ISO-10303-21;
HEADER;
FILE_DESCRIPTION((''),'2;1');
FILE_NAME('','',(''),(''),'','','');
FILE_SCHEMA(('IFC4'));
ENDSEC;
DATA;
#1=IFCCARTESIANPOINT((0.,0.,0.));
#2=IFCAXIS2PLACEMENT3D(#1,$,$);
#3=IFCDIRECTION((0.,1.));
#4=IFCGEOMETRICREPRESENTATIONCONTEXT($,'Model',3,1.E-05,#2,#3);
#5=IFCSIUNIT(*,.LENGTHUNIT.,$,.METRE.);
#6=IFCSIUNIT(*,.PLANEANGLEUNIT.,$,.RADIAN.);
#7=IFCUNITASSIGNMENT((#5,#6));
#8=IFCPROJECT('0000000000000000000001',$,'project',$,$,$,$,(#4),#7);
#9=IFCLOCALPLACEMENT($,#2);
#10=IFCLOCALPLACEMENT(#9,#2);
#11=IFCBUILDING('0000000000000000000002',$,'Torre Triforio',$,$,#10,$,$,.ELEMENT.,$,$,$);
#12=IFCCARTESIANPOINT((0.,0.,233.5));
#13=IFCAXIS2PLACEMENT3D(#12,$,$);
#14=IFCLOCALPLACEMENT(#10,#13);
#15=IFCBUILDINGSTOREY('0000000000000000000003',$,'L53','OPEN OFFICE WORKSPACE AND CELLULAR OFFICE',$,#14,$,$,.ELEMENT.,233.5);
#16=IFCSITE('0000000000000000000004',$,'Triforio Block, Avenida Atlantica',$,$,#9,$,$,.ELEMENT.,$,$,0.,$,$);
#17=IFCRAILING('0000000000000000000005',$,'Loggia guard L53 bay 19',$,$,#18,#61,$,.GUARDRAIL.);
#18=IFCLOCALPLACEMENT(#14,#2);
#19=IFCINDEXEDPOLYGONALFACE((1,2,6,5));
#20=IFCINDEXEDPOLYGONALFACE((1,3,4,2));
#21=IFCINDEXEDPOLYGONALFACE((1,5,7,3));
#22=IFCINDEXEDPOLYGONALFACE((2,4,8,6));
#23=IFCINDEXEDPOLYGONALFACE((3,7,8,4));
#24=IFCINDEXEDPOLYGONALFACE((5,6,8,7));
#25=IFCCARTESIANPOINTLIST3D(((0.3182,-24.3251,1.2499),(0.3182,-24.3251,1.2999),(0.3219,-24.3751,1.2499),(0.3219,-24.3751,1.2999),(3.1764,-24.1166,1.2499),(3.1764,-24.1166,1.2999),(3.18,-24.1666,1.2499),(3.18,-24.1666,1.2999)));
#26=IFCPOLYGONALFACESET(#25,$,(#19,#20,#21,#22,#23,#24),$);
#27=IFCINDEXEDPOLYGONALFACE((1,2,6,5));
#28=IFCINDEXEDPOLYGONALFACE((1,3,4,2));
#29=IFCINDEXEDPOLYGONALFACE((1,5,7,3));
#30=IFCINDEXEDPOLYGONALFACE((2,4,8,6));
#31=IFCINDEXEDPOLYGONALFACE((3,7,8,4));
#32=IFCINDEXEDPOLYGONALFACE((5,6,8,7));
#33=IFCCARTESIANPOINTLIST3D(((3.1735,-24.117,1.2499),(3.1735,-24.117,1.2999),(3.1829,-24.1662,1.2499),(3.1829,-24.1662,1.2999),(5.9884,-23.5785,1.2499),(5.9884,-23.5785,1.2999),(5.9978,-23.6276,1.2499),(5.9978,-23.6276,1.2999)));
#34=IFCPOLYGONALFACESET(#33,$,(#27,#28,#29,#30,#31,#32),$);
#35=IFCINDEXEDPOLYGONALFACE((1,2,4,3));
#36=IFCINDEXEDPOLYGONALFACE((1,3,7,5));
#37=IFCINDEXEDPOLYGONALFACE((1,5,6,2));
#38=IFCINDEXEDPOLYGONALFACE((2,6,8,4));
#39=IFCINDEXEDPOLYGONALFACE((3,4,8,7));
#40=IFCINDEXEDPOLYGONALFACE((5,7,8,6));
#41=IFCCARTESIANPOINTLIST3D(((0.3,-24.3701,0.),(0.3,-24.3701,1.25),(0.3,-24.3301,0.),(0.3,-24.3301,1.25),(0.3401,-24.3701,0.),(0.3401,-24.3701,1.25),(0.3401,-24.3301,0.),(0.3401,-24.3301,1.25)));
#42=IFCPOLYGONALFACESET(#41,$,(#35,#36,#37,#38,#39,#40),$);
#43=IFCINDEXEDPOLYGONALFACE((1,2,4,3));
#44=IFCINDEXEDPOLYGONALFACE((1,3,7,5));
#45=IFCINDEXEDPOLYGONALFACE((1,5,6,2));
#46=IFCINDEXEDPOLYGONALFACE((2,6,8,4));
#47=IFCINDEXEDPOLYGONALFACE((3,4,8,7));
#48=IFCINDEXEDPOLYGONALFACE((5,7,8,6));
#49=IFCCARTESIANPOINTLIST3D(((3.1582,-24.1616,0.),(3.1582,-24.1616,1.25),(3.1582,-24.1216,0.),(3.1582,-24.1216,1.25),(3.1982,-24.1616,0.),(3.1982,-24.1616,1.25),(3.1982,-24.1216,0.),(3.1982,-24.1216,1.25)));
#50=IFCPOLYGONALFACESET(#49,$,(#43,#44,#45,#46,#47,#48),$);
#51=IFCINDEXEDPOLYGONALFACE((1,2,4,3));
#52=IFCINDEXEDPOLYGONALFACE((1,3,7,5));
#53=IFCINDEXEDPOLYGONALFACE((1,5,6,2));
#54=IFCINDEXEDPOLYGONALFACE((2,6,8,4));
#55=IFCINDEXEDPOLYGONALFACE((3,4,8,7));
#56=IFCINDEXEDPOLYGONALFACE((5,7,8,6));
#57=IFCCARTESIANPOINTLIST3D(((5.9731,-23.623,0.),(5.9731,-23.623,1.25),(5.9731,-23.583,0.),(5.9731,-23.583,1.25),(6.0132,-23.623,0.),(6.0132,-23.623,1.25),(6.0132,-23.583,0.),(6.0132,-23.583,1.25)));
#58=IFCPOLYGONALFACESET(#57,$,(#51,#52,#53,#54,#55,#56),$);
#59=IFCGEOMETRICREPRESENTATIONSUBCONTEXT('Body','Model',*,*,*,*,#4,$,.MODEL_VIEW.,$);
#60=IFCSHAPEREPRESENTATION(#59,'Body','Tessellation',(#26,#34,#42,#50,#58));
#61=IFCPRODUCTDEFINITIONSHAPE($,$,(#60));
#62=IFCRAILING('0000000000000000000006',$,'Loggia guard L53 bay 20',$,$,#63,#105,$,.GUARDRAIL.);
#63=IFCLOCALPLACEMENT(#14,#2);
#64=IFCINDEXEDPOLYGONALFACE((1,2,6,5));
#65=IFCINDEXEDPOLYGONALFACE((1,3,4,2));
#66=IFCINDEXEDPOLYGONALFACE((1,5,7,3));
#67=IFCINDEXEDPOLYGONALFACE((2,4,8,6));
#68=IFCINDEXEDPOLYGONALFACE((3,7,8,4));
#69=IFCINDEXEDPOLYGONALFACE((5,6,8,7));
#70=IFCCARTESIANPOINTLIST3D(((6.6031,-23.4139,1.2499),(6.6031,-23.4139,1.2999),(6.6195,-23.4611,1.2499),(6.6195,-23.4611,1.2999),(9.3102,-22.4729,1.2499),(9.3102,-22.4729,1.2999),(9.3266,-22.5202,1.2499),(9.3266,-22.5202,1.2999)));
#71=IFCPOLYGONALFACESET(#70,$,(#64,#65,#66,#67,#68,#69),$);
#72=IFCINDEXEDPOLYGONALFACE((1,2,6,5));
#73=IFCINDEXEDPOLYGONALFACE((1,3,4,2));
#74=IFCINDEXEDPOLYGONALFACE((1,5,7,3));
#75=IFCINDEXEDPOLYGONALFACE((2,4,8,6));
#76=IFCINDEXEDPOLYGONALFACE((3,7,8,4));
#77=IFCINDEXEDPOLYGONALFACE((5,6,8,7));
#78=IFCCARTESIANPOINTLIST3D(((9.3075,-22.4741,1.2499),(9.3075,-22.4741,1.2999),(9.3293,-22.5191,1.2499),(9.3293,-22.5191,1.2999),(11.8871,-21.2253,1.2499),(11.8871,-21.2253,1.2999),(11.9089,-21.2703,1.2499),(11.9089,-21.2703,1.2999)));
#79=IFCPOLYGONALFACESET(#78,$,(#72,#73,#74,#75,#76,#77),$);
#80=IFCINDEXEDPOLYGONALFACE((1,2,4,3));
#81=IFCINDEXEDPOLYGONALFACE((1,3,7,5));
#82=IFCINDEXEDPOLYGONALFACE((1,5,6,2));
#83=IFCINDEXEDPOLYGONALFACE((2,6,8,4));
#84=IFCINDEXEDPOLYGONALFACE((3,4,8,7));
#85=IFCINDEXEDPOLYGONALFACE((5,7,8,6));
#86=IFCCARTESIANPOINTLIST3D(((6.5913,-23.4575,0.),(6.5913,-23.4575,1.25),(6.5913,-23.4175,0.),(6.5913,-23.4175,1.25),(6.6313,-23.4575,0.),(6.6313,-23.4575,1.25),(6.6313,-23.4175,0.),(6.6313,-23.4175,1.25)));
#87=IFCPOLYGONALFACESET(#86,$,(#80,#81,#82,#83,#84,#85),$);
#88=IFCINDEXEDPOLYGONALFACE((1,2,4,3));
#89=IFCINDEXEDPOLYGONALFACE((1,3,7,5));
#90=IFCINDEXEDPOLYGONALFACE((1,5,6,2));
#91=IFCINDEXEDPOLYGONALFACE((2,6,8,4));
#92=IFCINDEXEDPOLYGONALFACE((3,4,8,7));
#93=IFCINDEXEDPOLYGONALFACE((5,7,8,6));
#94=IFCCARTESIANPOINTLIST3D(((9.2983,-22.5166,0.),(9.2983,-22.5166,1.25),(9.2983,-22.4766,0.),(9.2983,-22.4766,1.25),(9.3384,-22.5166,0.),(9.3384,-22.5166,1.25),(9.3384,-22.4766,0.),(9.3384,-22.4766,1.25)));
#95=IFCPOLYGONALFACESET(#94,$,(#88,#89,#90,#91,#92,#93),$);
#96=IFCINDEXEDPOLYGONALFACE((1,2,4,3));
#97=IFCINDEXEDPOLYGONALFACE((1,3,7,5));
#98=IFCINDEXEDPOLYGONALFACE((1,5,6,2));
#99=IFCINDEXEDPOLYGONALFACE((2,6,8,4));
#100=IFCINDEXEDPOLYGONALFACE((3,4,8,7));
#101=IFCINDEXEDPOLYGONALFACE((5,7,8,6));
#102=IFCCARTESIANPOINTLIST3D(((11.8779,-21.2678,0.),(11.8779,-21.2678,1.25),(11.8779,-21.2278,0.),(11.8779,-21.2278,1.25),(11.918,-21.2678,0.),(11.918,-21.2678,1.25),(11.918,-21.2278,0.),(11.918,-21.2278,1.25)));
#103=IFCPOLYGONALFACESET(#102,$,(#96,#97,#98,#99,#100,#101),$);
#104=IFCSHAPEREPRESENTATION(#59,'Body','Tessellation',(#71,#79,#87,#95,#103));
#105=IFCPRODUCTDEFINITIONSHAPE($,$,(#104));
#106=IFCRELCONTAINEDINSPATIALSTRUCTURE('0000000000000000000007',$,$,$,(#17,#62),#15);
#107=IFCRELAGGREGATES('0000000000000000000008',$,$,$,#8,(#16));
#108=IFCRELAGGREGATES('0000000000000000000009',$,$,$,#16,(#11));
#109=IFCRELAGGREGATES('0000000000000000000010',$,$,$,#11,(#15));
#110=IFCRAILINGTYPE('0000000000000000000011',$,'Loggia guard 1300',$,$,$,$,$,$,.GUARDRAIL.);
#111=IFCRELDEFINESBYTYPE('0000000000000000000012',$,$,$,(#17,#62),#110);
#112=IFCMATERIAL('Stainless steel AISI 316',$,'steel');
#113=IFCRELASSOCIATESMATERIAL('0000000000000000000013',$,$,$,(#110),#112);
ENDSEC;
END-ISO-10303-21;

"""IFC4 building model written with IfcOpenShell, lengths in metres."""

from ifc_helpers import new_model, si_unit, direction, frame, origin, origin_2d, place, context, subcontext, project, spatial, rectangle, extrude, material, type_object, element, save


model = new_model("IFC4")

# Units and contexts
model_context = context("Model", 3, precision=1e-05, world=origin(), true_north=direction((0.0, 1.0)))
body_context = subcontext(model_context, "Body", "Model", "MODEL_VIEW")
ifc_project = project(units=[si_unit("LENGTHUNIT", "METRE"), si_unit("PLANEANGLEUNIT", "RADIAN")], contexts=[model_context])

# Site, building, storey
site_placement = place(None, origin())
site = spatial("IfcSite", under=ifc_project, at=site_placement, Name="Triforio Block, Avenida Atlantica", CompositionType="ELEMENT", RefElevation=0.0)
building_placement = place(site_placement, origin())
building = spatial("IfcBuilding", under=site, at=building_placement, Name="Torre Triforio", CompositionType="ELEMENT")
storey_placement = place(building_placement, frame((0.0, 0.0, 233.5)))
storey = spatial("IfcBuildingStorey", under=building, at=storey_placement, Name="L53", Description="OPEN OFFICE WORKSPACE AND CELLULAR OFFICE", CompositionType="ELEMENT", Elevation=233.5)

# Railings
ifc_material_1 = material(Name="Stainless steel AISI 316", Category="steel")
railing_type = type_object("IfcRailingType", Name="Loggia guard 1300", PredefinedType="GUARDRAIL", material=ifc_material_1)
railing_1_placement = place(storey_placement, frame((0.3201, -24.3501, 0.0)))
element("IfcRailing", 1, at=railing_1_placement, inside=storey, type_object=railing_type, Name="Loggia guard L53 bay 19", PredefinedType="GUARDRAIL", context=body_context, shape_type="SweptSolid", body=[
    extrude(rectangle(XDim=0.05, YDim=0.05, at=origin_2d()), frame((0.0, 0.0, 1.2749), z_axis=(0.99735, 0.072754, 0.0), x_axis=(-0.072754, 0.99735, 0.0)), (0.0, 0.0, 1.0), 2.8657),
    extrude(rectangle(XDim=0.05, YDim=0.05, at=origin_2d()), frame((2.8582, 0.2085, 1.2749), z_axis=(0.982185, 0.187918, 0.0), x_axis=(-0.187918, 0.982185, 0.0)), (0.0, 0.0, 1.0), 2.866),
    extrude(rectangle(XDim=0.04, YDim=0.04, at=origin_2d()), origin(), (0.0, 0.0, 1.0), 1.25),
    extrude(rectangle(XDim=0.04, YDim=0.04, at=origin_2d()), frame((2.8582, 0.2085, 0.0)), (0.0, 0.0, 1.0), 1.25),
    extrude(rectangle(XDim=0.04, YDim=0.04, at=origin_2d()), frame((5.6731, 0.7471, 0.0)), (0.0, 0.0, 1.0), 1.25),
])
railing_2_placement = place(storey_placement, frame((6.6113, -23.4375, 0.0)))
element("IfcRailing", 2, at=railing_2_placement, inside=storey, type_object=railing_type, Name="Loggia guard L53 bay 20", PredefinedType="GUARDRAIL", context=body_context, shape_type="SweptSolid", body=[
    extrude(rectangle(XDim=0.05, YDim=0.05, at=origin_2d()), frame((0.0, 0.0, 1.2749), z_axis=(0.944568, 0.328316, 0.0), x_axis=(-0.328316, 0.944568, 0.0)), (0.0, 0.0, 1.0), 2.866),
    extrude(rectangle(XDim=0.05, YDim=0.05, at=origin_2d()), frame((2.707, 0.9409, 1.2749), z_axis=(0.900078, 0.435728, 0.0), x_axis=(-0.435728, 0.900078, 0.0)), (0.0, 0.0, 1.0), 2.866),
    extrude(rectangle(XDim=0.04, YDim=0.04, at=origin_2d()), origin(), (0.0, 0.0, 1.0), 1.25),
    extrude(rectangle(XDim=0.04, YDim=0.04, at=origin_2d()), frame((2.707, 0.9409, 0.0)), (0.0, 0.0, 1.0), 1.25),
    extrude(rectangle(XDim=0.04, YDim=0.04, at=origin_2d()), frame((5.2866, 2.1897, 0.0)), (0.0, 0.0, 1.0), 1.25),
])

save(model, "model.ifc")
